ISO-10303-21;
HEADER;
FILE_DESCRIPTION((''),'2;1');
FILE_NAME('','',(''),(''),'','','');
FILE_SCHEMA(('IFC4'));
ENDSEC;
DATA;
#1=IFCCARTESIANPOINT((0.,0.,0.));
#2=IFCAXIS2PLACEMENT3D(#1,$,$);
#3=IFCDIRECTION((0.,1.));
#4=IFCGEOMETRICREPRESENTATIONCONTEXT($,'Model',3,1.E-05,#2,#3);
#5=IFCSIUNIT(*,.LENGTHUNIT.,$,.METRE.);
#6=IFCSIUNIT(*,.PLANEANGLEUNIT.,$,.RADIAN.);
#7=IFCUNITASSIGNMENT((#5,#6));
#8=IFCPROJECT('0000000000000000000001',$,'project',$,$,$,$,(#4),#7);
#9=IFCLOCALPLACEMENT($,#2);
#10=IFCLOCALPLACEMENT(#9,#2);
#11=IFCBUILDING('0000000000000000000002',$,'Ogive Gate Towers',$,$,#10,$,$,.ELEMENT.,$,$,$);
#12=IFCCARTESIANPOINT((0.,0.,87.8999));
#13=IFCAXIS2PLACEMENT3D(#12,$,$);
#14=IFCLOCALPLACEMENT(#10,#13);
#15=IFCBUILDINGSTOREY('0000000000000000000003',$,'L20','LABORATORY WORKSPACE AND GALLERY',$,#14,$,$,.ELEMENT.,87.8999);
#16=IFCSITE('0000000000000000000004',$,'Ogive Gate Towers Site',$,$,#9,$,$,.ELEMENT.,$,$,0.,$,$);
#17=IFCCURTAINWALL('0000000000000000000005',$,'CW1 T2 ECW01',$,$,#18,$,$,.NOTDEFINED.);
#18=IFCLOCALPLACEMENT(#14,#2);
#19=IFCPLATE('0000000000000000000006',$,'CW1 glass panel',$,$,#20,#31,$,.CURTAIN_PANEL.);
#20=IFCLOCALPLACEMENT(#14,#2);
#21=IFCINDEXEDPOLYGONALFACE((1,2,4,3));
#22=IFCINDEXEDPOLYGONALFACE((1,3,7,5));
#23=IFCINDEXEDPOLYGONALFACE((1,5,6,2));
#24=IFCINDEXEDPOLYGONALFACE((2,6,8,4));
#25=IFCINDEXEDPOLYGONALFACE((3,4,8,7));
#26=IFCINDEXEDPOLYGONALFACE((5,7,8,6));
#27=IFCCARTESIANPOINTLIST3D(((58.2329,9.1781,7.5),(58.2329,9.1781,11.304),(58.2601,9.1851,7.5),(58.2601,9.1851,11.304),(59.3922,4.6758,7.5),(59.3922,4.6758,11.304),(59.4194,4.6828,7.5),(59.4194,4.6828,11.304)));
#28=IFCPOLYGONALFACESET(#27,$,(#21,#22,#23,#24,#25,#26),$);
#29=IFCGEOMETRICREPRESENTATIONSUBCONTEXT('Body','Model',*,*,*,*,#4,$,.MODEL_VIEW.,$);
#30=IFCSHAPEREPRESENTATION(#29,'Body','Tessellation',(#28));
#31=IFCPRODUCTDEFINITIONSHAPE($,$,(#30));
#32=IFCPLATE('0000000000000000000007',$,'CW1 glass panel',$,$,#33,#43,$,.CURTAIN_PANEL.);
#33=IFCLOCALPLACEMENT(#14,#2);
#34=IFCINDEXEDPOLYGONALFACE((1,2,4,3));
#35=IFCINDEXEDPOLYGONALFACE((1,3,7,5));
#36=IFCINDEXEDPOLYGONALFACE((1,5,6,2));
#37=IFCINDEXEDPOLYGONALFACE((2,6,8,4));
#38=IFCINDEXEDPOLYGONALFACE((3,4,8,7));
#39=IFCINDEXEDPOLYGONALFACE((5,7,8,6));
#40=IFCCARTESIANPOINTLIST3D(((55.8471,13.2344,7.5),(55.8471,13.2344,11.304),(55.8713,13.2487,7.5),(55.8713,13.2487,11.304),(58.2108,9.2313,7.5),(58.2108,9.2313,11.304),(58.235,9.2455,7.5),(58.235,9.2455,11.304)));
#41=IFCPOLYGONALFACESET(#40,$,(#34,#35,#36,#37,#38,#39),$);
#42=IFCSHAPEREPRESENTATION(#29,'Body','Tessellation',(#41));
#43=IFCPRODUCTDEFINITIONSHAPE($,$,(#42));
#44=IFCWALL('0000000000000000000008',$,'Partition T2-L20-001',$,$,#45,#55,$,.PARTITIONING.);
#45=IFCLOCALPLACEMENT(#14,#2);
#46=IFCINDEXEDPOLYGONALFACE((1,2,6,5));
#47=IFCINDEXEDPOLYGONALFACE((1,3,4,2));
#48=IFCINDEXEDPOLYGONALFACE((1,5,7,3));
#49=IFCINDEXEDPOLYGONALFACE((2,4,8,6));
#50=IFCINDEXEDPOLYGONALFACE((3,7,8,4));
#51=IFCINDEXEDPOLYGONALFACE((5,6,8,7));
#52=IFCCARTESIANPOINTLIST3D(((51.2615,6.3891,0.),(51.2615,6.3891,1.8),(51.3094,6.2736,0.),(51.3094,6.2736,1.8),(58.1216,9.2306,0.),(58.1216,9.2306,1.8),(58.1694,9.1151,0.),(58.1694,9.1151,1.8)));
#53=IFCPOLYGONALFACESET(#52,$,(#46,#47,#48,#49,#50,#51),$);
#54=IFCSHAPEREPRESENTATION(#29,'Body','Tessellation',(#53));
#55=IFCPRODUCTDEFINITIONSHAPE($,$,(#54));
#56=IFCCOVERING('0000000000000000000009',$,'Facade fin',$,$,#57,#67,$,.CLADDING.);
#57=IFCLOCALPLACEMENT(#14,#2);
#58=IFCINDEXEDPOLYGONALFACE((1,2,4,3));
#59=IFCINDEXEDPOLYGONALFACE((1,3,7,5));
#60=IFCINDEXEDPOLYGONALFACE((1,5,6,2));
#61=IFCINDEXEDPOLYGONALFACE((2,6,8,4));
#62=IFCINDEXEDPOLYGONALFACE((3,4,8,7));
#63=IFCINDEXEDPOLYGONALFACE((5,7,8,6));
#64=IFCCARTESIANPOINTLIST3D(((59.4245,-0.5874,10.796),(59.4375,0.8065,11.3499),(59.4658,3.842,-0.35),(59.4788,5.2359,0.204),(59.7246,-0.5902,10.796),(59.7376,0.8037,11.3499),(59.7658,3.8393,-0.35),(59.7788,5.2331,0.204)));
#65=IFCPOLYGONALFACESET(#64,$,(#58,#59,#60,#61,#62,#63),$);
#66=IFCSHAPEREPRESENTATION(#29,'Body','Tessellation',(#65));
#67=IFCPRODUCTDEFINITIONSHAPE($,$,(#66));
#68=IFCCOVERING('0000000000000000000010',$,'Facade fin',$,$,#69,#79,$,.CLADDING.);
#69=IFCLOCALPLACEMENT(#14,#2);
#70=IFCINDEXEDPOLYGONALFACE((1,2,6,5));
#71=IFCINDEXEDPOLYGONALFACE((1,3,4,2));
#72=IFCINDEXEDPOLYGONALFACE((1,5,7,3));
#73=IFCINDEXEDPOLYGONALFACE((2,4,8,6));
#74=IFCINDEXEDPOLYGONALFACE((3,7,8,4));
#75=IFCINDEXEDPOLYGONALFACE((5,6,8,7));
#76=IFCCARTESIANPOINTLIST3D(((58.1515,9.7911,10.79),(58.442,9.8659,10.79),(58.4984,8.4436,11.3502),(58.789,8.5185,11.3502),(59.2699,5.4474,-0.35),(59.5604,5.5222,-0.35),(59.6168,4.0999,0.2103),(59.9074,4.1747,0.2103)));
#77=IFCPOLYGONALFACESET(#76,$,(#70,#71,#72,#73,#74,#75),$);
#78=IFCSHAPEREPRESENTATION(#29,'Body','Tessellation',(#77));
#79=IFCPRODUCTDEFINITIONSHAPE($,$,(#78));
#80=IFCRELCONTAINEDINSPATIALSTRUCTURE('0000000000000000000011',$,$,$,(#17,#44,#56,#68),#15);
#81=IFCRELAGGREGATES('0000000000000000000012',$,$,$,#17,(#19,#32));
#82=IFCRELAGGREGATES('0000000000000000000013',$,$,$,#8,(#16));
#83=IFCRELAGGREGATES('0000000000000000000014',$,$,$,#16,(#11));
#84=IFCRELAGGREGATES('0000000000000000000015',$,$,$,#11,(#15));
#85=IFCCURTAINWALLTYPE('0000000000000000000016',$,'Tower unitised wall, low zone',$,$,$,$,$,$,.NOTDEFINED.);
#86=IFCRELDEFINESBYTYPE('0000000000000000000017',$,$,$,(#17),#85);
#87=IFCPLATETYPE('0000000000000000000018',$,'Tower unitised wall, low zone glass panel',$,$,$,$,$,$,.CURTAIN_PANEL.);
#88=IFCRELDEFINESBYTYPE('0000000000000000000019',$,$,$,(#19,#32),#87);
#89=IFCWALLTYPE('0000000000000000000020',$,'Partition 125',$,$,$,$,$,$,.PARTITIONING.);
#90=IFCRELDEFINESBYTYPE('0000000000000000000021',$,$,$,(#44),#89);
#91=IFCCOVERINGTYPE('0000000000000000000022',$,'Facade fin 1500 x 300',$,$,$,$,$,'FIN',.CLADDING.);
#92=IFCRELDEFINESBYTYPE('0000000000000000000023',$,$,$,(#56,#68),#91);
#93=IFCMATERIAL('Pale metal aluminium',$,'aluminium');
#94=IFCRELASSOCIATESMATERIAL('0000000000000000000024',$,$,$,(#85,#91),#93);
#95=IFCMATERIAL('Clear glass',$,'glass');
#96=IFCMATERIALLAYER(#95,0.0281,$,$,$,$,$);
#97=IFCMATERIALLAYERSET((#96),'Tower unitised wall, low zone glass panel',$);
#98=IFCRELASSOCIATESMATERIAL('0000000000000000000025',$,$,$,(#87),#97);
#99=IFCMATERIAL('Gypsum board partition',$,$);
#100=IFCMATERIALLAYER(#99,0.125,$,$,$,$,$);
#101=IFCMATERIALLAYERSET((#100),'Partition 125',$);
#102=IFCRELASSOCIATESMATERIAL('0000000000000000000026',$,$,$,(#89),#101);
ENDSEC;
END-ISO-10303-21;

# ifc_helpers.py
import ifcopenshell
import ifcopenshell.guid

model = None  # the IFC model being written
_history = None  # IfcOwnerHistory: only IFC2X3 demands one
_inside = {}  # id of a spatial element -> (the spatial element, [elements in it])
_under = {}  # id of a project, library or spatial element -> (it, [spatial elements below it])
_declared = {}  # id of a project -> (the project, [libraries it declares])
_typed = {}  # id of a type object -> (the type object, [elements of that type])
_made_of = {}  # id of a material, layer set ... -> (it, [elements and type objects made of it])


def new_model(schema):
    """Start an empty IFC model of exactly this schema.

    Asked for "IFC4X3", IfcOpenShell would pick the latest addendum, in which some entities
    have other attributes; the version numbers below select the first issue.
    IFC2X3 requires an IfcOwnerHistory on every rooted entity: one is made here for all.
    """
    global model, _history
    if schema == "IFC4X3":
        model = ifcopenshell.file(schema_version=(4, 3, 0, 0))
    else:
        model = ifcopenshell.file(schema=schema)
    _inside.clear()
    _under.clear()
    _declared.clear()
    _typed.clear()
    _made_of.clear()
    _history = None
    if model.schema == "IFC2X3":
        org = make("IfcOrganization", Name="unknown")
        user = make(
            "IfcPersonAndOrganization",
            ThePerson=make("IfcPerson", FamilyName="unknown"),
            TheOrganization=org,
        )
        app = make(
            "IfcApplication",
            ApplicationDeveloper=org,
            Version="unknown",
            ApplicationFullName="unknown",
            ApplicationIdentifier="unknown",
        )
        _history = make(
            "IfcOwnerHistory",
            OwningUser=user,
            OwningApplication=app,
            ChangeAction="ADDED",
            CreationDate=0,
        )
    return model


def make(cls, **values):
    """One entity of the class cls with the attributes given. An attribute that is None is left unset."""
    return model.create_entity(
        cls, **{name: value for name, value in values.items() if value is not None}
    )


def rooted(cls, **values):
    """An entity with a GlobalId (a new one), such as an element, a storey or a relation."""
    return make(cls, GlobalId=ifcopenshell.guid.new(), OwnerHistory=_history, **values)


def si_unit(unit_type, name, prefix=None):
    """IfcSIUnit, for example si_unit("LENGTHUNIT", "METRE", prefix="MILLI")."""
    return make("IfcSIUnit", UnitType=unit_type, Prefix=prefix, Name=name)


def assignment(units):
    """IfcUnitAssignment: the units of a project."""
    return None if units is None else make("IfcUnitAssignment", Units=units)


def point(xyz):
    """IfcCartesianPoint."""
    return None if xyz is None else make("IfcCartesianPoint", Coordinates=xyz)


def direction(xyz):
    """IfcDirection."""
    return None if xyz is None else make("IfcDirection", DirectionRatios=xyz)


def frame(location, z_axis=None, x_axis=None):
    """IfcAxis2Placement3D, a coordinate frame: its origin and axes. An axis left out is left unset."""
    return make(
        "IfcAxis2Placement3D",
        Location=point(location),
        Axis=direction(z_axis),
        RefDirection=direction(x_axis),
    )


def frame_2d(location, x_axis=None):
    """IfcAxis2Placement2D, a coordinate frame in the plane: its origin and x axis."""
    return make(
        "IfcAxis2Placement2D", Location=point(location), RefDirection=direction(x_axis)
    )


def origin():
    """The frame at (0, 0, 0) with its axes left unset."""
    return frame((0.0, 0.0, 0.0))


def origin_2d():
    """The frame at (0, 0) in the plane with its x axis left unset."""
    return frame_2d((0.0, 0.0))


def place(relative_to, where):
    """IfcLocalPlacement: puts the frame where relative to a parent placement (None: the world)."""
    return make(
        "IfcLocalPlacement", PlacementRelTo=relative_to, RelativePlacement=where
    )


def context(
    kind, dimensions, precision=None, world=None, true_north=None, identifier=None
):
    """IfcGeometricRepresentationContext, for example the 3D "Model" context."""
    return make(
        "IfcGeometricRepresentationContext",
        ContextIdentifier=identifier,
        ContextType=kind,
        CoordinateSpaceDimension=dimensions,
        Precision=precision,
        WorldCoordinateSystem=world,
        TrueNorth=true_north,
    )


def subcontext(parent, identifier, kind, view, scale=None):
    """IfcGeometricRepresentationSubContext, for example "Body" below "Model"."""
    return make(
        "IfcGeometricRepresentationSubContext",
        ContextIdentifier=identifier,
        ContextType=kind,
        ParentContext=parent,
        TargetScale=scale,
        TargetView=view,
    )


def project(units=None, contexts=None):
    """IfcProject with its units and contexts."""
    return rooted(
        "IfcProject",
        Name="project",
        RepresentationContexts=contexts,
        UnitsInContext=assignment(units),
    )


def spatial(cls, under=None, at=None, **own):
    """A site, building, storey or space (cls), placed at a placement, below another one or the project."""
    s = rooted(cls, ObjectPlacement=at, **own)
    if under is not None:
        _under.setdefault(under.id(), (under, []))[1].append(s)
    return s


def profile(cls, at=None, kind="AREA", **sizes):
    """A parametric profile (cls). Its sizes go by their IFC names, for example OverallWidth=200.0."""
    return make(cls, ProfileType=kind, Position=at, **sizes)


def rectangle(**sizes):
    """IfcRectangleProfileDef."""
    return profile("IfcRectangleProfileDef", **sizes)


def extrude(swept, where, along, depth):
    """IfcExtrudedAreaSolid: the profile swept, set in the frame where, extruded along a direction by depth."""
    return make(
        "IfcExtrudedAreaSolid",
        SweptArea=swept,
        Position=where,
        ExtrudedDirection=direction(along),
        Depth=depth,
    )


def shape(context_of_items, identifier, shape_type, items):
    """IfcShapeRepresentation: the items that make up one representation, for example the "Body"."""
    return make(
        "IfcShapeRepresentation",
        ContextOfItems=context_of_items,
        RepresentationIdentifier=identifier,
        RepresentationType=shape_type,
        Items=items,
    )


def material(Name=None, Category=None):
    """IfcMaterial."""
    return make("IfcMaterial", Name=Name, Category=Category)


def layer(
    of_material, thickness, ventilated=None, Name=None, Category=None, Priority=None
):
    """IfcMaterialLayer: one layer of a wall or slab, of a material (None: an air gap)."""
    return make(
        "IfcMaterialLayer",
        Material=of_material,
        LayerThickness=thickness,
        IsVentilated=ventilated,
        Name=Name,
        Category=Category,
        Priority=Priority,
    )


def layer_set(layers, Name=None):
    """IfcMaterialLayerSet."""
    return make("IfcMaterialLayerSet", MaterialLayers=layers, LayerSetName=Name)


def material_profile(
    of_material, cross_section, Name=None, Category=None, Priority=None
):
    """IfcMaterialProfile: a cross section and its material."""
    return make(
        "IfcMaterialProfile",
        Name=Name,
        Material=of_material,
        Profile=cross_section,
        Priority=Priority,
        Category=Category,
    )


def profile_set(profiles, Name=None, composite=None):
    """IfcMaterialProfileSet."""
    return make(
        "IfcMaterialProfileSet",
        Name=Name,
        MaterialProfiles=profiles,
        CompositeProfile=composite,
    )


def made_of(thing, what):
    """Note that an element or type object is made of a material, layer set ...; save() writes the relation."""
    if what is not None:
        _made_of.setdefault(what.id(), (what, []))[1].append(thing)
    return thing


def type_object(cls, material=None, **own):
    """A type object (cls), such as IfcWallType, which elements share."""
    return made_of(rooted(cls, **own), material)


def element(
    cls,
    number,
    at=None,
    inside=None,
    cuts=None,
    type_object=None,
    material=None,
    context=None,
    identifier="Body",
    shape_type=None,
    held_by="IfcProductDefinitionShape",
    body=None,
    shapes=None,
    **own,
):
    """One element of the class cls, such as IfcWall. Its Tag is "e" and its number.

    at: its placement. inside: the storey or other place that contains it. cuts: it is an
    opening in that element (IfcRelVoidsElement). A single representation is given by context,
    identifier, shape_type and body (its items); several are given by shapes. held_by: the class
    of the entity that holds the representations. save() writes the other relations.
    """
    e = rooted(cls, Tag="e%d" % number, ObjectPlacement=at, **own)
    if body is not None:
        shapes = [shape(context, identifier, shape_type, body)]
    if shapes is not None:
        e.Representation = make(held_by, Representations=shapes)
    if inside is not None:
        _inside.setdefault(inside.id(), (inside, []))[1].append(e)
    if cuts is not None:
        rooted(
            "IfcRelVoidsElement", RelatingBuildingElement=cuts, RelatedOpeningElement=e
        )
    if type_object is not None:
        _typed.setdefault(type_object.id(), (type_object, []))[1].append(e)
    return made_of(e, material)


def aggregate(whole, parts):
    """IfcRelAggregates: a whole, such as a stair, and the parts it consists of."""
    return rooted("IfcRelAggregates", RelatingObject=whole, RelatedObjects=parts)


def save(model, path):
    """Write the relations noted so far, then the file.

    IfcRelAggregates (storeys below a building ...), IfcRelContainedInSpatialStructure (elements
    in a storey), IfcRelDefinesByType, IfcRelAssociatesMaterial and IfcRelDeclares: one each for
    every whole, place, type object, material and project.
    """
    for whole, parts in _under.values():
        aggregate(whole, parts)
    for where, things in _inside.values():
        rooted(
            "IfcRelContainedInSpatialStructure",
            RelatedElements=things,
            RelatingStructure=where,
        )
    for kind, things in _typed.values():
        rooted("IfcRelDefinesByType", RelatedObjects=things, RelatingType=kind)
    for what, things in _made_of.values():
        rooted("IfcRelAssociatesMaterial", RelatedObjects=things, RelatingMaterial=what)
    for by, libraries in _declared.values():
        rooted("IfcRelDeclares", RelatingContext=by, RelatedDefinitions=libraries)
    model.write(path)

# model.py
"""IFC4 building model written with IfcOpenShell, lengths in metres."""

from ifc_helpers import new_model, si_unit, direction, frame, frame_2d, origin, origin_2d, place, context, subcontext, project, spatial, rectangle, extrude, material, layer, layer_set, material_profile, profile_set, type_object, element, aggregate, save


model = new_model("IFC4")

# Units and contexts
model_context = context("Model", 3, precision=1e-05, world=origin(), true_north=direction((0.0, 1.0)))
body_context = subcontext(model_context, "Body", "Model", "MODEL_VIEW")
ifc_project = project(units=[si_unit("LENGTHUNIT", "METRE"), si_unit("PLANEANGLEUNIT", "RADIAN")], contexts=[model_context])

# Site, building, storey
site_placement = place(None, origin())
site = spatial("IfcSite", under=ifc_project, at=site_placement, Name="Ogive Gate Towers Site", CompositionType="ELEMENT", RefElevation=0.0)
building_placement = place(site_placement, origin())
building = spatial("IfcBuilding", under=site, at=building_placement, Name="Ogive Gate Towers", CompositionType="ELEMENT")
storey_placement = place(building_placement, frame((0.0, 0.0, 87.8999)))
storey = spatial("IfcBuildingStorey", under=building, at=storey_placement, Name="L20", Description="LABORATORY WORKSPACE AND GALLERY", CompositionType="ELEMENT", Elevation=87.8999)

# Curtain wall, plates
ifc_material_1 = material(Name="Pale metal aluminium", Category="aluminium")
curtain_wall_type = type_object("IfcCurtainWallType", Name="Tower unitised wall, low zone", PredefinedType="NOTDEFINED", material=ifc_material_1)
curtain_wall_placement = place(storey_placement, origin())
curtain_wall = element("IfcCurtainWall", 1, at=curtain_wall_placement, inside=storey, type_object=curtain_wall_type, Name="CW1 T2 ECW01", PredefinedType="NOTDEFINED")
ifc_material_2 = material(Name="Clear glass", Category="glass")
ifc_layer_1 = layer(ifc_material_2, 0.0281)
ifc_layer_set_1 = layer_set([ifc_layer_1], Name="Tower unitised wall, low zone glass panel")
plate_type = type_object("IfcPlateType", Name="Tower unitised wall, low zone glass panel", PredefinedType="CURTAIN_PANEL", material=ifc_layer_set_1)
plate_1_placement = place(storey_placement, frame((58.8262, 6.9304, 7.5), z_axis=(0.0, 0.0, 1.0), x_axis=(-0.249349, 0.968414, 0.0)))
plate_1 = element("IfcPlate", 2, at=plate_1_placement, type_object=plate_type, Name="CW1 glass panel", PredefinedType="CURTAIN_PANEL", context=body_context, shape_type="SweptSolid", body=[
    extrude(rectangle(XDim=4.6492, YDim=0.0281, at=origin_2d()), origin(), (0.0, 0.0, 1.0), 3.804),
])
plate_2_placement = place(storey_placement, frame((57.041, 11.24, 7.5), z_axis=(0.0, 0.0, 1.0), x_axis=(-0.50844, 0.861097, 0.0)))
plate_2 = element("IfcPlate", 3, at=plate_2_placement, type_object=plate_type, Name="CW1 glass panel", PredefinedType="CURTAIN_PANEL", context=body_context, shape_type="SweptSolid", body=[
    extrude(rectangle(XDim=4.6489, YDim=0.0281, at=origin_2d()), origin(), (0.0, 0.0, 1.0), 3.804),
])
aggregate(curtain_wall, [plate_1, plate_2])

# Wall
ifc_material_3 = material(Name="Gypsum board partition")
ifc_layer_2 = layer(ifc_material_3, 0.125)
ifc_layer_set_2 = layer_set([ifc_layer_2], Name="Partition 125")
wall_type = type_object("IfcWallType", Name="Partition 125", PredefinedType="PARTITIONING", material=ifc_layer_set_2)
wall_placement = place(storey_placement, frame((58.1455, 9.1729, 0.0), z_axis=(0.0, 0.0, 1.0), x_axis=(-0.923879, -0.382684, 0.0)))
element("IfcWall", 4, at=wall_placement, inside=storey, type_object=wall_type, Name="Partition T2-L20-001", PredefinedType="PARTITIONING", context=body_context, shape_type="SweptSolid", body=[
    extrude(rectangle(XDim=7.4253, YDim=0.125, at=frame_2d((3.7126, 0.0))), origin(), (0.0, 0.0, 1.0), 1.8),
])

# Coverings
ifc_material_profile_1 = material_profile(ifc_material_1, rectangle(XDim=0.3, YDim=1.5, at=origin_2d()), Name="1500 x 300 pale metal aluminium")
ifc_profile_set_1 = profile_set([ifc_material_profile_1], Name="Pale metal aluminium")
covering_type = type_object("IfcCoveringType", Name="Facade fin 1500 x 300", ElementType="FIN", PredefinedType="CLADDING", material=ifc_profile_set_1)
covering_1_placement = place(storey_placement, frame((59.6223, 4.5376, -0.073), z_axis=(-0.00344, -0.369306, 0.929301), x_axis=(0.999957, -0.009314, 0.0)))
element("IfcCovering", 5, at=covering_1_placement, inside=storey, type_object=covering_type, Name="Facade fin", PredefinedType="CLADDING", context=body_context, shape_type="SweptSolid", body=[
    extrude(rectangle(XDim=0.3, YDim=1.5, at=origin_2d()), origin(), (0.0, 0.0, 1.0), 11.9939),
])
covering_2_placement = place(storey_placement, frame((59.5886, 4.811, -0.0698), z_axis=(-0.093131, 0.361708, 0.927628), x_axis=(-0.968415, -0.249343, 0.0)))
element("IfcCovering", 6, at=covering_2_placement, inside=storey, type_object=covering_type, Name="Facade fin", PredefinedType="CLADDING", context=body_context, shape_type="SweptSolid", body=[
    extrude(rectangle(XDim=0.3, YDim=1.5, at=origin_2d()), origin(), (0.0, 0.0, 1.0), 12.009),
])

save(model, "model.ifc")
